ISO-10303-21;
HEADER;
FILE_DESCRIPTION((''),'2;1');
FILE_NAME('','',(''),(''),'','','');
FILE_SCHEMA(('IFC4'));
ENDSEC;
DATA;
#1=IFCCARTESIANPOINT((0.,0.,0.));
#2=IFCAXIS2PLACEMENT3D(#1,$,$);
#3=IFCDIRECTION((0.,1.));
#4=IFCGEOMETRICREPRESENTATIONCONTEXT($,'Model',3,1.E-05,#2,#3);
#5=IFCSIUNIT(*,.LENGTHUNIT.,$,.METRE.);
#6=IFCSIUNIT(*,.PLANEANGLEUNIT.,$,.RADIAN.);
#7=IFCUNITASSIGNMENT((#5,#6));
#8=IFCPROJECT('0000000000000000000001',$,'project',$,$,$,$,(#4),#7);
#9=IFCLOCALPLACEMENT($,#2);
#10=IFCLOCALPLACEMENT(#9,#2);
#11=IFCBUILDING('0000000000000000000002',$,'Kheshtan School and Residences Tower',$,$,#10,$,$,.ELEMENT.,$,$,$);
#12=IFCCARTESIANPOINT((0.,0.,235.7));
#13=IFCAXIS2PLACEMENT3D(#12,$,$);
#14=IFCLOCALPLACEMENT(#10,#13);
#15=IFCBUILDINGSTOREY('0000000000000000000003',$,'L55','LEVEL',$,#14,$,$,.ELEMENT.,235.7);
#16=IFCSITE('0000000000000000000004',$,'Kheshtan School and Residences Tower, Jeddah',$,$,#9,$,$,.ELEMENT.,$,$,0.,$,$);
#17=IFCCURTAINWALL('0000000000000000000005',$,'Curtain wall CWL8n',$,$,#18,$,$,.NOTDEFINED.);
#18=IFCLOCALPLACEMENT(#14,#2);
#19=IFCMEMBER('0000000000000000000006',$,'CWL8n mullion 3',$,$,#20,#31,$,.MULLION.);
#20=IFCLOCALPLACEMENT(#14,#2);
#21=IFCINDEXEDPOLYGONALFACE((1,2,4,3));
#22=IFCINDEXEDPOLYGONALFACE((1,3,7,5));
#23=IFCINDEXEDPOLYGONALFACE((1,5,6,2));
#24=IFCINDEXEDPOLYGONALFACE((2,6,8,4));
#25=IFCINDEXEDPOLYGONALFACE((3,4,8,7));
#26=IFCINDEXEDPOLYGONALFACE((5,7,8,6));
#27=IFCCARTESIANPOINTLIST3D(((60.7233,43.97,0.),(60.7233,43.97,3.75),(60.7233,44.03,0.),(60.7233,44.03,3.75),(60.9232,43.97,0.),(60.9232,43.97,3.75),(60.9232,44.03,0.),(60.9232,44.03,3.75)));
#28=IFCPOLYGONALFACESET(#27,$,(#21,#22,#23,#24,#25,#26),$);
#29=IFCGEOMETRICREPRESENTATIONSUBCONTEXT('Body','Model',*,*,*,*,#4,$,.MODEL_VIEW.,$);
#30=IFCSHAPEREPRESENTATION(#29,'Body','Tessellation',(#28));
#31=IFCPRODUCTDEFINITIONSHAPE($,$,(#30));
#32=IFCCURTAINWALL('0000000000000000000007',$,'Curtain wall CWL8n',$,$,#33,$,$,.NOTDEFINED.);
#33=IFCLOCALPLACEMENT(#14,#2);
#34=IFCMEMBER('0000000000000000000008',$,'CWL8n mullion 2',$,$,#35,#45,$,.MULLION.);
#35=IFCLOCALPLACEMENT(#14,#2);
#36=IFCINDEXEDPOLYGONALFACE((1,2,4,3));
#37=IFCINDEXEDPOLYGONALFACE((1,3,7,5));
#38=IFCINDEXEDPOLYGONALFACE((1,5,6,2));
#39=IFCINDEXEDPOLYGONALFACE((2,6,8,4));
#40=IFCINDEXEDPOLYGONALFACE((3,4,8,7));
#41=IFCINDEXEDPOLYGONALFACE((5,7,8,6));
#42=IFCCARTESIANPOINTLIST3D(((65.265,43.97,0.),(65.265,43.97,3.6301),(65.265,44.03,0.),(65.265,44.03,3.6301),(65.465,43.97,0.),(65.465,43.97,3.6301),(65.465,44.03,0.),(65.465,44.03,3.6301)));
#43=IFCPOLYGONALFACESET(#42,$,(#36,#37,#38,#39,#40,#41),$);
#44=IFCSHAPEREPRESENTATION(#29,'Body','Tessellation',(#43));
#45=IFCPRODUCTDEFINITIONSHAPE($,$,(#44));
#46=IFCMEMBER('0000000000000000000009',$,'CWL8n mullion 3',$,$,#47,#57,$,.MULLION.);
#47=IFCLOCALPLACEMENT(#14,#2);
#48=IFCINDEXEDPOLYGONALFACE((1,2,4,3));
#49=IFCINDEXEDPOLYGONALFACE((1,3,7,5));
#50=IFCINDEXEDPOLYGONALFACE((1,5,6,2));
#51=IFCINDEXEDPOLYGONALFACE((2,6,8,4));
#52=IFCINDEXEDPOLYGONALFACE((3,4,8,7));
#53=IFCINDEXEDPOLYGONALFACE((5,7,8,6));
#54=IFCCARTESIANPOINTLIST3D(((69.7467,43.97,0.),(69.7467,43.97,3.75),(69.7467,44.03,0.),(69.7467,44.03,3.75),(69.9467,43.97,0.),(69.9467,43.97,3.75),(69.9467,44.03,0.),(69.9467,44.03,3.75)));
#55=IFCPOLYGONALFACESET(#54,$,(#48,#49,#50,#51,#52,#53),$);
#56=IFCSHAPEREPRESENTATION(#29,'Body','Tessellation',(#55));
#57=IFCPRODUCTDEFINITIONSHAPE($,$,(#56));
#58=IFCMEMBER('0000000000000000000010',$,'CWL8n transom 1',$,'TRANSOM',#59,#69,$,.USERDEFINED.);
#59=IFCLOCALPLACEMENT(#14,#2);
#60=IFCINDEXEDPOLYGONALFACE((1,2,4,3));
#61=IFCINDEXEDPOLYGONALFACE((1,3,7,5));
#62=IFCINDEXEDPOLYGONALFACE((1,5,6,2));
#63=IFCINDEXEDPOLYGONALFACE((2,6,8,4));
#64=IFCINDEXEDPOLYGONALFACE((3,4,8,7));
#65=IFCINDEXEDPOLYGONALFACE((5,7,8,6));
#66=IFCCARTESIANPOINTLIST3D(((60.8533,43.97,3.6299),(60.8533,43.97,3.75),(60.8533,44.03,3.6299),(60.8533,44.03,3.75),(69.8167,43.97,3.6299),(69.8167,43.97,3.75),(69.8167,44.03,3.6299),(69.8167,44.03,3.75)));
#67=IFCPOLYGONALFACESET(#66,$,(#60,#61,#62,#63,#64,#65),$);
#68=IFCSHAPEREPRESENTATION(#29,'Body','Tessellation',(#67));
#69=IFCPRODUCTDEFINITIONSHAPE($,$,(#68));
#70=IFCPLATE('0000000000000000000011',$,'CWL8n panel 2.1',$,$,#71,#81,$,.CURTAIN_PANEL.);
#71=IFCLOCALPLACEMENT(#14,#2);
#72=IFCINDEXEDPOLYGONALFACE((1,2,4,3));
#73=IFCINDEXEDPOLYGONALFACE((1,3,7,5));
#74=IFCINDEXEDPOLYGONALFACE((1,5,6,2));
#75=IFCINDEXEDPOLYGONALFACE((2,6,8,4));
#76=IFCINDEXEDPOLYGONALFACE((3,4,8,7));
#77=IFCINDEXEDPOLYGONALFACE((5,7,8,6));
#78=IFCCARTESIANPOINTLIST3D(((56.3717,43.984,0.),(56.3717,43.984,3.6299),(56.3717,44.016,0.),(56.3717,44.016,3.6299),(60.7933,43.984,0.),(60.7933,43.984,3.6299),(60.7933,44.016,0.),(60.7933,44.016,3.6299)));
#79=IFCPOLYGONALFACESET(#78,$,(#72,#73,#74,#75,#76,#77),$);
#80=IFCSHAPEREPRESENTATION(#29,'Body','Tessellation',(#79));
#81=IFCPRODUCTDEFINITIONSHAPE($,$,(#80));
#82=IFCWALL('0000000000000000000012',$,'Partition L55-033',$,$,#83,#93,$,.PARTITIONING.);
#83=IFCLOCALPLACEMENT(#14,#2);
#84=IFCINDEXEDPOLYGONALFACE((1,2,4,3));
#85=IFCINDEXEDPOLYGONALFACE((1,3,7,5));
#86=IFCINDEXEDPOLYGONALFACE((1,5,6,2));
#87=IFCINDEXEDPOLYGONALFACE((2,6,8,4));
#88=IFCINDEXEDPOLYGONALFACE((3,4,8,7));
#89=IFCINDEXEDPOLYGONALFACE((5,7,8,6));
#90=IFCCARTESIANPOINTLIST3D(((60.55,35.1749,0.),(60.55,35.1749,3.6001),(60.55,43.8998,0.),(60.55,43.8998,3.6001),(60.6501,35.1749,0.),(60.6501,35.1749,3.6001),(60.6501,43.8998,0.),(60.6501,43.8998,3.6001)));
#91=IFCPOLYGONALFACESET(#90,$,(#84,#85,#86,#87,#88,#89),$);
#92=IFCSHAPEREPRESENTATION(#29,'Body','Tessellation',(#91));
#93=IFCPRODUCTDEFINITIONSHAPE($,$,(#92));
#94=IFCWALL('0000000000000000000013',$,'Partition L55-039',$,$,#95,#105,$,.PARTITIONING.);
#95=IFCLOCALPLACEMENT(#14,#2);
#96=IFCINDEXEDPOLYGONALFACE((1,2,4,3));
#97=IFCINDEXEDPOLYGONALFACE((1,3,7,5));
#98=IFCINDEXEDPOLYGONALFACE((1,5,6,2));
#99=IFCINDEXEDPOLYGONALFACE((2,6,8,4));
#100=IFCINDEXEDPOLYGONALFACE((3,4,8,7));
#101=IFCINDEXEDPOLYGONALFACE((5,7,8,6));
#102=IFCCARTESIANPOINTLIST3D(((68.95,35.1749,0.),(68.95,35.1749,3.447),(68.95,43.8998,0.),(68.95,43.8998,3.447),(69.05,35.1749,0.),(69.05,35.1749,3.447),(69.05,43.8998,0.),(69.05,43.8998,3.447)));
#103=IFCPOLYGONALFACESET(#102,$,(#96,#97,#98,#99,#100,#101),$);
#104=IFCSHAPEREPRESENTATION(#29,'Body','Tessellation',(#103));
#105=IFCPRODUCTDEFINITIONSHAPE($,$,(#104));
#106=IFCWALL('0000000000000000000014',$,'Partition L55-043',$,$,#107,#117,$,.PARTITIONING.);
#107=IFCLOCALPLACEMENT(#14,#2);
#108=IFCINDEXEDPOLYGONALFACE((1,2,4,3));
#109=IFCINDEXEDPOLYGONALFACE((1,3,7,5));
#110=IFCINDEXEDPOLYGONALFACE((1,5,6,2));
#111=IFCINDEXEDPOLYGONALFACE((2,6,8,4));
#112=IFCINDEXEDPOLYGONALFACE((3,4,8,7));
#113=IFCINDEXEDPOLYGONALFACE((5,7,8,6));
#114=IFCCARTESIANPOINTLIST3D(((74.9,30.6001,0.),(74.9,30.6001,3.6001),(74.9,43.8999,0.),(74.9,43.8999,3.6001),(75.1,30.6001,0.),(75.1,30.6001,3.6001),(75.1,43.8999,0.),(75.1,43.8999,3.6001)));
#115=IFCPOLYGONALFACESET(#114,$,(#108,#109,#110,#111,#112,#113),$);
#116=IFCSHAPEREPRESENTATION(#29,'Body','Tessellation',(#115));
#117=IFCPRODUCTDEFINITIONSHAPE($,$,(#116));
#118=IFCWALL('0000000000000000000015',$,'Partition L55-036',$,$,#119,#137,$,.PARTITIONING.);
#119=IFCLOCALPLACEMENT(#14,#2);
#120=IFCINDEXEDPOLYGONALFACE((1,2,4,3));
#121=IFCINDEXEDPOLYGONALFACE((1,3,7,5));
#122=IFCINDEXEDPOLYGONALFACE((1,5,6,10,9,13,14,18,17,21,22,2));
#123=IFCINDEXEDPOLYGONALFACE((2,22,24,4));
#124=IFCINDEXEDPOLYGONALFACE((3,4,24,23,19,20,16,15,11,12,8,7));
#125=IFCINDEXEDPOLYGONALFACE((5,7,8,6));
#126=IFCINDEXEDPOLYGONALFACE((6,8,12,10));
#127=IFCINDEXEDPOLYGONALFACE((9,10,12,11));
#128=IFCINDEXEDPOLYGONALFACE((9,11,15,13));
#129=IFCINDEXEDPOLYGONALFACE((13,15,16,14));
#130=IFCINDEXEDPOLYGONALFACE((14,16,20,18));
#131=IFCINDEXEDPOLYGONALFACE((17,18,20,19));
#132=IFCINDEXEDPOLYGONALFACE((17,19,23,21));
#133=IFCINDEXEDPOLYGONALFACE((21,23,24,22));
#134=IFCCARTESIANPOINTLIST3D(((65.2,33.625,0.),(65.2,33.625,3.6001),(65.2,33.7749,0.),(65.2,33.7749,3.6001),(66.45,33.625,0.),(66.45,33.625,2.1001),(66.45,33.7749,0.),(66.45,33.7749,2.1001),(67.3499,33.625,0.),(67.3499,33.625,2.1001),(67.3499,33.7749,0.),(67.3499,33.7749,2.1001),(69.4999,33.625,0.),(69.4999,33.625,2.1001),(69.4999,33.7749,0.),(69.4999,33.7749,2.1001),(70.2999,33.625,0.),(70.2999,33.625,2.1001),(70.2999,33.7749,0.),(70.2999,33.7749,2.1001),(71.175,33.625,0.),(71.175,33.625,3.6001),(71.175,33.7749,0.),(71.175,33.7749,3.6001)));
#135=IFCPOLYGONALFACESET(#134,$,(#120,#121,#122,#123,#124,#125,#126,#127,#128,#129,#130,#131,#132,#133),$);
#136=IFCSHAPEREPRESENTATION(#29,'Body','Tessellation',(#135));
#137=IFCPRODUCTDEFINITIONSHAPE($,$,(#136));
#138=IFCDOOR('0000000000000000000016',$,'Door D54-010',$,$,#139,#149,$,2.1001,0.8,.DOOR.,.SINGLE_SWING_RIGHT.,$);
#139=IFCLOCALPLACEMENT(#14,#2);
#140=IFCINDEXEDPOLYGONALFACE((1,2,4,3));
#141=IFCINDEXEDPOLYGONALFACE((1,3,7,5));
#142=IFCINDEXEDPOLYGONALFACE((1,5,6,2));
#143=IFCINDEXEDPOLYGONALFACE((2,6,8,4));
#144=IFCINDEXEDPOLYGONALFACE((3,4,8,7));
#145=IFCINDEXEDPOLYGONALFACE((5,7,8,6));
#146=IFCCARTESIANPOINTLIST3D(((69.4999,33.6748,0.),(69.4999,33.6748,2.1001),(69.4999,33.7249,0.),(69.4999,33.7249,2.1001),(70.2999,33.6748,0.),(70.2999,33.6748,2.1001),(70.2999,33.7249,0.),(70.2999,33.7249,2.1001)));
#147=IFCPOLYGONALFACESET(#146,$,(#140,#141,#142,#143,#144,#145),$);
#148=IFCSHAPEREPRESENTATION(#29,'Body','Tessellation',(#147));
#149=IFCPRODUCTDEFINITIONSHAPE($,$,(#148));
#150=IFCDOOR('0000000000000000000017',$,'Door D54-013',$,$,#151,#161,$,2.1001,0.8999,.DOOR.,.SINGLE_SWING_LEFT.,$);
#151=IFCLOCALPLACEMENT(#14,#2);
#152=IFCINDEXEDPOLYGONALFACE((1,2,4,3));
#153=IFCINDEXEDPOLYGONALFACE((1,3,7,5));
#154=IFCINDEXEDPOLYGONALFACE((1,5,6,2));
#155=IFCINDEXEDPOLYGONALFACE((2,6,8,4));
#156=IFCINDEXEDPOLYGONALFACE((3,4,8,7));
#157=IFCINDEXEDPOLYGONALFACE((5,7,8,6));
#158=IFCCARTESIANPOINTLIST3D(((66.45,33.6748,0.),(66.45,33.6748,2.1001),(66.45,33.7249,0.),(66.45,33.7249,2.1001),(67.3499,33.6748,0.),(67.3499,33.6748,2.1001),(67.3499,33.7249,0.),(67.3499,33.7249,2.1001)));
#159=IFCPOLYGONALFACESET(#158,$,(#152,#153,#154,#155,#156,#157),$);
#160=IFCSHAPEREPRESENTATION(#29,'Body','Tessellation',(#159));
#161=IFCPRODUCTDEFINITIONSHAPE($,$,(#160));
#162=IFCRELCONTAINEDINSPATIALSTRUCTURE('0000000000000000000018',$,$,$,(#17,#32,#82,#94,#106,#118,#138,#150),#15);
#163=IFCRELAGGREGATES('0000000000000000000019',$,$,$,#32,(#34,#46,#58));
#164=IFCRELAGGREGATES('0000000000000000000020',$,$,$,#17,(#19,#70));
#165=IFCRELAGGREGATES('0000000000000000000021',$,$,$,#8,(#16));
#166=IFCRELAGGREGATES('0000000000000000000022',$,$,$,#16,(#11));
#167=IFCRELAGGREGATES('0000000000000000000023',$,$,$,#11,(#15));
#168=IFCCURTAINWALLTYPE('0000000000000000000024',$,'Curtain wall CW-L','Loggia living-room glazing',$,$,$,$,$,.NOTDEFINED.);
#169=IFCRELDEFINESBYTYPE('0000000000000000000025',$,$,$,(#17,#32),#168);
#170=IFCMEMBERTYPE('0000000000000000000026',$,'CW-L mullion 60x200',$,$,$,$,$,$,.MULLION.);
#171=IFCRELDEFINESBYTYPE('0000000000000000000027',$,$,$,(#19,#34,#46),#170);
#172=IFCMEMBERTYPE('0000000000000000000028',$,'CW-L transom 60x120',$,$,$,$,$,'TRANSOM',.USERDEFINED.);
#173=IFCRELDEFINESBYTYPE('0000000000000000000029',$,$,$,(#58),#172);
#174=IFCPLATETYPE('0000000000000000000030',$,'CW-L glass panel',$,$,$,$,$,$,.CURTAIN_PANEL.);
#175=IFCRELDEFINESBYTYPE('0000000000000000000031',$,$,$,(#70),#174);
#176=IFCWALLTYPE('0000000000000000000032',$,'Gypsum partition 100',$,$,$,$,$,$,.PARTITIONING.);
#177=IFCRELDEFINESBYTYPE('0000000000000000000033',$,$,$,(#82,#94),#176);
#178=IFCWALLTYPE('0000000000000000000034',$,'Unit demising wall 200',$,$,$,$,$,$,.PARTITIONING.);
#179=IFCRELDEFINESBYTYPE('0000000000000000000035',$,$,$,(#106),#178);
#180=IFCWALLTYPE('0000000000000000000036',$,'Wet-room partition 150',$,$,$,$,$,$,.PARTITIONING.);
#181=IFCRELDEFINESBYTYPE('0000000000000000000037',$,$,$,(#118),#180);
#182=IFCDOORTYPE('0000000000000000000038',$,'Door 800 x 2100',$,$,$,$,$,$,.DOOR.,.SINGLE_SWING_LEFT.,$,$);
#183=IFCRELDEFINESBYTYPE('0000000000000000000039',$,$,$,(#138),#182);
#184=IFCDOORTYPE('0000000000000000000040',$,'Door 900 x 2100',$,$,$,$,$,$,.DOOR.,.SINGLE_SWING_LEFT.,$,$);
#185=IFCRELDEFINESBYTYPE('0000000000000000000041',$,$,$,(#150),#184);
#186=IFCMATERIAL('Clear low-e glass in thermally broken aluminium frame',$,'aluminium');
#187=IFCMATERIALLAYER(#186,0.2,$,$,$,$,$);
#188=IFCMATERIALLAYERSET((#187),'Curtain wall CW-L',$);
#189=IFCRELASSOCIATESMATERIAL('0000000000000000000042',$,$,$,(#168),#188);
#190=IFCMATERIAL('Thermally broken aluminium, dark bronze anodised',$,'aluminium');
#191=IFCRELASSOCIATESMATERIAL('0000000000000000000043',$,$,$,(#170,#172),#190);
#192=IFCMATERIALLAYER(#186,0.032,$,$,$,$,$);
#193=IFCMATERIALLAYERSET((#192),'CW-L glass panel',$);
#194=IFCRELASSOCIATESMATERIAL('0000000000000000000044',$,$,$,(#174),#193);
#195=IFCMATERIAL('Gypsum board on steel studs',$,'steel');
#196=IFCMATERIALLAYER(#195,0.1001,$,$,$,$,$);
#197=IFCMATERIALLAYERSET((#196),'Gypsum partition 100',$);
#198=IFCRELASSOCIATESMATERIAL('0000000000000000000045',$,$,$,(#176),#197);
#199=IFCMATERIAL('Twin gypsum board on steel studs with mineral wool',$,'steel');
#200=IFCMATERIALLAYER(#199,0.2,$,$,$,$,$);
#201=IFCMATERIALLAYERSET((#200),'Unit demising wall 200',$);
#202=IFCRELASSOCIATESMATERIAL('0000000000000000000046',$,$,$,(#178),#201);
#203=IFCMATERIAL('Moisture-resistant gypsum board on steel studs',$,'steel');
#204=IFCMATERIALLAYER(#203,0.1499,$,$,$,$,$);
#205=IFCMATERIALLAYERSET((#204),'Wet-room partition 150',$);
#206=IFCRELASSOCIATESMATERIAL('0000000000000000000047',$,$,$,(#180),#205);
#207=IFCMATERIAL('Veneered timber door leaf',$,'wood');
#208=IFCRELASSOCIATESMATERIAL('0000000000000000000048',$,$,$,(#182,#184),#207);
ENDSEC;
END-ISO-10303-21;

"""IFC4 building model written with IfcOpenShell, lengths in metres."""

from ifc_helpers import new_model, si_unit, direction, frame, frame_2d, origin, origin_2d, place, context, subcontext, project, spatial, rectangle, extrude, source, transform, mapped, material, layer, layer_set, material_profile, profile_set, type_object, element, fill, aggregate, save


model = new_model("IFC4")

# Units and contexts
model_context = context("Model", 3, precision=1e-05, world=origin(), true_north=direction((0.0, 1.0)))
body_context = subcontext(model_context, "Body", "Model", "MODEL_VIEW")
ifc_project = project(units=[si_unit("LENGTHUNIT", "METRE"), si_unit("PLANEANGLEUNIT", "RADIAN")], contexts=[model_context])

# Site, building, storey
site_placement = place(None, origin())
site = spatial("IfcSite", under=ifc_project, at=site_placement, Name="Kheshtan School and Residences Tower, Jeddah", CompositionType="ELEMENT", RefElevation=0.0)
building_placement = place(site_placement, origin())
building = spatial("IfcBuilding", under=site, at=building_placement, Name="Kheshtan School and Residences Tower", CompositionType="ELEMENT")
storey_placement = place(building_placement, frame((0.0, 0.0, 235.7)))
storey = spatial("IfcBuildingStorey", under=building, at=storey_placement, Name="L55", Description="LEVEL", CompositionType="ELEMENT", Elevation=235.7)

# Curtain wall, member
ifc_material_1 = material(Name="Clear low-e glass in thermally broken aluminium frame", Category="aluminium")
ifc_layer_1 = layer(ifc_material_1, 0.2)
ifc_layer_set_1 = layer_set([ifc_layer_1], Name="Curtain wall CW-L")
curtain_wall_type = type_object("IfcCurtainWallType", Name="Curtain wall CW-L", Description="Loggia living-room glazing", PredefinedType="NOTDEFINED", material=ifc_layer_set_1)
curtain_wall_1_placement = place(storey_placement, origin())
curtain_wall_1 = element("IfcCurtainWall", 1, at=curtain_wall_1_placement, inside=storey, type_object=curtain_wall_type, Name="Curtain wall CWL8n", PredefinedType="NOTDEFINED")
ifc_material_2 = material(Name="Thermally broken aluminium, dark bronze anodised", Category="aluminium")
ifc_material_profile_1 = material_profile(ifc_material_2, rectangle(XDim=0.0601, YDim=0.2, at=origin_2d()), Name="CW-L mullion 60x200")
ifc_profile_set_1 = profile_set([ifc_material_profile_1], Name="Thermally broken aluminium, dark bronze anodised")
member_type_1 = type_object("IfcMemberType", Name="CW-L mullion 60x200", PredefinedType="MULLION", material=ifc_profile_set_1)
member_1_placement = place(storey_placement, frame((60.8232, 44.0, 0.0), z_axis=(0.0, 0.0, 1.0), x_axis=(0.0, 1.0, 0.0)))
member_1 = element("IfcMember", 2, at=member_1_placement, type_object=member_type_1, Name="CWL8n mullion 3", PredefinedType="MULLION", context=body_context, shape_type="SweptSolid", body=[
    extrude(rectangle(XDim=0.0601, YDim=0.2, at=origin_2d()), origin(), (0.0, 0.0, 1.0), 3.75),
])

# Curtain wall, members
curtain_wall_2_placement = place(storey_placement, origin())
curtain_wall_2 = element("IfcCurtainWall", 3, at=curtain_wall_2_placement, inside=storey, type_object=curtain_wall_type, Name="Curtain wall CWL8n", PredefinedType="NOTDEFINED")
member_2_placement = place(storey_placement, frame((65.365, 44.0, 0.0), z_axis=(0.0, 0.0, 1.0), x_axis=(0.0, 1.0, 0.0)))
member_2 = element("IfcMember", 4, at=member_2_placement, type_object=member_type_1, Name="CWL8n mullion 2", PredefinedType="MULLION", context=body_context, shape_type="SweptSolid", body=[
    extrude(rectangle(XDim=0.0601, YDim=0.2, at=origin_2d()), origin(), (0.0, 0.0, 1.0), 3.6301),
])
member_3_placement = place(storey_placement, frame((69.8467, 44.0, 0.0), z_axis=(0.0, 0.0, 1.0), x_axis=(0.0, 1.0, 0.0)))
member_3 = element("IfcMember", 5, at=member_3_placement, type_object=member_type_1, Name="CWL8n mullion 3", PredefinedType="MULLION", context=body_context, shape_type="SweptSolid", body=[
    extrude(rectangle(XDim=0.0601, YDim=0.2, at=origin_2d()), origin(), (0.0, 0.0, 1.0), 3.75),
])
ifc_material_profile_2 = material_profile(ifc_material_2, rectangle(XDim=0.0601, YDim=0.1201, at=origin_2d()), Name="CW-L transom 60x120")
ifc_profile_set_2 = profile_set([ifc_material_profile_2], Name="Thermally broken aluminium, dark bronze anodised")
member_type_2 = type_object("IfcMemberType", Name="CW-L transom 60x120", ElementType="TRANSOM", PredefinedType="USERDEFINED", material=ifc_profile_set_2)
member_4_placement = place(storey_placement, frame((60.8533, 44.0, 3.6899), z_axis=(1.0, 0.0, 0.0), x_axis=(0.0, 1.0, 0.0)))
member_4 = element("IfcMember", 6, at=member_4_placement, type_object=member_type_2, Name="CWL8n transom 1", ObjectType="TRANSOM", PredefinedType="USERDEFINED", context=body_context, shape_type="SweptSolid", body=[
    extrude(rectangle(XDim=0.0601, YDim=0.1201, at=origin_2d()), origin(), (0.0, 0.0, 1.0), 8.9634),
])
aggregate(curtain_wall_2, [member_2, member_3, member_4])

# Plate
ifc_layer_2 = layer(ifc_material_1, 0.032)
ifc_layer_set_2 = layer_set([ifc_layer_2], Name="CW-L glass panel")
plate_type = type_object("IfcPlateType", Name="CW-L glass panel", PredefinedType="CURTAIN_PANEL", material=ifc_layer_set_2)
plate_placement = place(storey_placement, frame((58.5825, 44.0, 0.0), z_axis=(0.0, 0.0, 1.0), x_axis=(1.0, 0.0, 0.0)))
plate = element("IfcPlate", 7, at=plate_placement, type_object=plate_type, Name="CWL8n panel 2.1", PredefinedType="CURTAIN_PANEL", context=body_context, shape_type="SweptSolid", body=[
    extrude(rectangle(XDim=4.4216, YDim=0.032, at=origin_2d()), origin(), (0.0, 0.0, 1.0), 3.6299),
])
aggregate(curtain_wall_1, [member_1, plate])

# Walls
ifc_material_3 = material(Name="Gypsum board on steel studs", Category="steel")
ifc_layer_3 = layer(ifc_material_3, 0.1001)
ifc_layer_set_3 = layer_set([ifc_layer_3], Name="Gypsum partition 100")
wall_type_1 = type_object("IfcWallType", Name="Gypsum partition 100", PredefinedType="PARTITIONING", material=ifc_layer_set_3)
wall_1_placement = place(storey_placement, frame((60.6001, 35.175, 0.0), z_axis=(0.0, 0.0, 1.0), x_axis=(0.0, 1.0, 0.0)))
element("IfcWall", 8, at=wall_1_placement, inside=storey, type_object=wall_type_1, Name="Partition L55-033", PredefinedType="PARTITIONING", context=body_context, shape_type="SweptSolid", body=[
    extrude(rectangle(XDim=8.7249, YDim=0.1001, at=frame_2d((4.3623, 0.0))), origin(), (0.0, 0.0, 1.0), 3.6001),
])
wall_2_placement = place(storey_placement, frame((69.0, 35.175, 0.0), z_axis=(0.0, 0.0, 1.0), x_axis=(0.0, 1.0, 0.0)))
element("IfcWall", 9, at=wall_2_placement, inside=storey, type_object=wall_type_1, Name="Partition L55-039", PredefinedType="PARTITIONING", context=body_context, shape_type="SweptSolid", body=[
    extrude(rectangle(XDim=8.7249, YDim=0.1001, at=frame_2d((4.3623, 0.0))), origin(), (0.0, 0.0, 1.0), 3.447),
])
ifc_material_4 = material(Name="Twin gypsum board on steel studs with mineral wool", Category="steel")
ifc_layer_4 = layer(ifc_material_4, 0.2)
ifc_layer_set_4 = layer_set([ifc_layer_4], Name="Unit demising wall 200")
wall_type_2 = type_object("IfcWallType", Name="Unit demising wall 200", PredefinedType="PARTITIONING", material=ifc_layer_set_4)
wall_3_placement = place(storey_placement, frame((75.0, 30.6001, 0.0), z_axis=(0.0, 0.0, 1.0), x_axis=(0.0, 1.0, 0.0)))
element("IfcWall", 10, at=wall_3_placement, inside=storey, type_object=wall_type_2, Name="Partition L55-043", PredefinedType="PARTITIONING", context=body_context, shape_type="SweptSolid", body=[
    extrude(rectangle(XDim=13.2998, YDim=0.2, at=frame_2d((6.6499, 0.0))), origin(), (0.0, 0.0, 1.0), 3.6001),
])

# Wall, openings, doors
ifc_material_5 = material(Name="Moisture-resistant gypsum board on steel studs", Category="steel")
ifc_layer_5 = layer(ifc_material_5, 0.1499)
ifc_layer_set_5 = layer_set([ifc_layer_5], Name="Wet-room partition 150")
wall_type_3 = type_object("IfcWallType", Name="Wet-room partition 150", PredefinedType="PARTITIONING", material=ifc_layer_set_5)
wall_4_placement = place(storey_placement, frame((65.2, 33.7, 0.0), z_axis=(0.0, 0.0, 1.0), x_axis=(1.0, 0.0, 0.0)))
wall_4 = element("IfcWall", 11, at=wall_4_placement, inside=storey, type_object=wall_type_3, Name="Partition L55-036", PredefinedType="PARTITIONING", context=body_context, shape_type="SweptSolid", body=[
    extrude(rectangle(XDim=5.9751, YDim=0.1499, at=frame_2d((2.9875, 0.0))), origin(), (0.0, 0.0, 1.0), 3.6001),
])
opening_1_placement = place(wall_4_placement, frame((4.3, 0.0, 0.0)))
opening_1 = element("IfcOpeningElement", 12, at=opening_1_placement, cuts=wall_4, PredefinedType="OPENING", context=body_context, shape_type="SweptSolid", body=[
    extrude(rectangle(XDim=0.8, YDim=2.1001, at=frame_2d((0.3999, 1.05))), frame((0.0, 0.085, 0.0), z_axis=(0.0, -1.0, 0.0), x_axis=(1.0, 0.0, 0.0)), (0.0, 0.0, 1.0), 0.1699),
])
opening_2_placement = place(wall_4_placement, frame((1.25, 0.0, 0.0)))
opening_2 = element("IfcOpeningElement", 13, at=opening_2_placement, cuts=wall_4, PredefinedType="OPENING", context=body_context, shape_type="SweptSolid", body=[
    extrude(rectangle(XDim=0.8999, YDim=2.1001, at=frame_2d((0.45, 1.05))), frame((0.0, 0.085, 0.0), z_axis=(0.0, -1.0, 0.0), x_axis=(1.0, 0.0, 0.0)), (0.0, 0.0, 1.0), 0.1699),
])
ifc_material_6 = material(Name="Veneered timber door leaf", Category="wood")
door_type_1 = type_object("IfcDoorType", Name="Door 800 x 2100", OperationType="SINGLE_SWING_LEFT", PredefinedType="DOOR", material=ifc_material_6)
shared_shape_1 = source(origin(), body_context, "Body", "SweptSolid", [
    extrude(rectangle(XDim=0.8, YDim=2.1001, at=frame_2d((0.3999, 1.05))), frame((0.0, 0.0249, 0.0), z_axis=(0.0, -1.0, 0.0), x_axis=(1.0, 0.0, 0.0)), (0.0, 0.0, 1.0), 0.05),
])
door_1_placement = place(opening_1_placement, origin())
door_1 = element("IfcDoor", 14, at=door_1_placement, inside=storey, type_object=door_type_1, Name="Door D54-010", OperationType="SINGLE_SWING_RIGHT", OverallHeight=2.1001, OverallWidth=0.8, PredefinedType="DOOR", context=body_context, shape_type="MappedRepresentation", body=[
    mapped(shared_shape_1, transform((0.0, 0.0, 0.0), x_axis=(1.0, 0.0, 0.0), y_axis=(0.0, 1.0, 0.0), z_axis=(0.0, 0.0, 1.0), scale=1.0)),
])
fill(opening_1, door_1)
door_type_2 = type_object("IfcDoorType", Name="Door 900 x 2100", OperationType="SINGLE_SWING_LEFT", PredefinedType="DOOR", material=ifc_material_6)
shared_shape_2 = source(origin(), body_context, "Body", "SweptSolid", [
    extrude(rectangle(XDim=0.8999, YDim=2.1001, at=frame_2d((0.45, 1.05))), frame((0.0, 0.0249, 0.0), z_axis=(0.0, -1.0, 0.0), x_axis=(1.0, 0.0, 0.0)), (0.0, 0.0, 1.0), 0.05),
])
door_2_placement = place(opening_2_placement, origin())
door_2 = element("IfcDoor", 15, at=door_2_placement, inside=storey, type_object=door_type_2, Name="Door D54-013", OperationType="SINGLE_SWING_LEFT", OverallHeight=2.1001, OverallWidth=0.8999, PredefinedType="DOOR", context=body_context, shape_type="MappedRepresentation", body=[
    mapped(shared_shape_2, transform((0.0, 0.0, 0.0), x_axis=(1.0, 0.0, 0.0), y_axis=(0.0, 1.0, 0.0), z_axis=(0.0, 0.0, 1.0), scale=1.0)),
])
fill(opening_2, door_2)

save(model, "model.ifc")
